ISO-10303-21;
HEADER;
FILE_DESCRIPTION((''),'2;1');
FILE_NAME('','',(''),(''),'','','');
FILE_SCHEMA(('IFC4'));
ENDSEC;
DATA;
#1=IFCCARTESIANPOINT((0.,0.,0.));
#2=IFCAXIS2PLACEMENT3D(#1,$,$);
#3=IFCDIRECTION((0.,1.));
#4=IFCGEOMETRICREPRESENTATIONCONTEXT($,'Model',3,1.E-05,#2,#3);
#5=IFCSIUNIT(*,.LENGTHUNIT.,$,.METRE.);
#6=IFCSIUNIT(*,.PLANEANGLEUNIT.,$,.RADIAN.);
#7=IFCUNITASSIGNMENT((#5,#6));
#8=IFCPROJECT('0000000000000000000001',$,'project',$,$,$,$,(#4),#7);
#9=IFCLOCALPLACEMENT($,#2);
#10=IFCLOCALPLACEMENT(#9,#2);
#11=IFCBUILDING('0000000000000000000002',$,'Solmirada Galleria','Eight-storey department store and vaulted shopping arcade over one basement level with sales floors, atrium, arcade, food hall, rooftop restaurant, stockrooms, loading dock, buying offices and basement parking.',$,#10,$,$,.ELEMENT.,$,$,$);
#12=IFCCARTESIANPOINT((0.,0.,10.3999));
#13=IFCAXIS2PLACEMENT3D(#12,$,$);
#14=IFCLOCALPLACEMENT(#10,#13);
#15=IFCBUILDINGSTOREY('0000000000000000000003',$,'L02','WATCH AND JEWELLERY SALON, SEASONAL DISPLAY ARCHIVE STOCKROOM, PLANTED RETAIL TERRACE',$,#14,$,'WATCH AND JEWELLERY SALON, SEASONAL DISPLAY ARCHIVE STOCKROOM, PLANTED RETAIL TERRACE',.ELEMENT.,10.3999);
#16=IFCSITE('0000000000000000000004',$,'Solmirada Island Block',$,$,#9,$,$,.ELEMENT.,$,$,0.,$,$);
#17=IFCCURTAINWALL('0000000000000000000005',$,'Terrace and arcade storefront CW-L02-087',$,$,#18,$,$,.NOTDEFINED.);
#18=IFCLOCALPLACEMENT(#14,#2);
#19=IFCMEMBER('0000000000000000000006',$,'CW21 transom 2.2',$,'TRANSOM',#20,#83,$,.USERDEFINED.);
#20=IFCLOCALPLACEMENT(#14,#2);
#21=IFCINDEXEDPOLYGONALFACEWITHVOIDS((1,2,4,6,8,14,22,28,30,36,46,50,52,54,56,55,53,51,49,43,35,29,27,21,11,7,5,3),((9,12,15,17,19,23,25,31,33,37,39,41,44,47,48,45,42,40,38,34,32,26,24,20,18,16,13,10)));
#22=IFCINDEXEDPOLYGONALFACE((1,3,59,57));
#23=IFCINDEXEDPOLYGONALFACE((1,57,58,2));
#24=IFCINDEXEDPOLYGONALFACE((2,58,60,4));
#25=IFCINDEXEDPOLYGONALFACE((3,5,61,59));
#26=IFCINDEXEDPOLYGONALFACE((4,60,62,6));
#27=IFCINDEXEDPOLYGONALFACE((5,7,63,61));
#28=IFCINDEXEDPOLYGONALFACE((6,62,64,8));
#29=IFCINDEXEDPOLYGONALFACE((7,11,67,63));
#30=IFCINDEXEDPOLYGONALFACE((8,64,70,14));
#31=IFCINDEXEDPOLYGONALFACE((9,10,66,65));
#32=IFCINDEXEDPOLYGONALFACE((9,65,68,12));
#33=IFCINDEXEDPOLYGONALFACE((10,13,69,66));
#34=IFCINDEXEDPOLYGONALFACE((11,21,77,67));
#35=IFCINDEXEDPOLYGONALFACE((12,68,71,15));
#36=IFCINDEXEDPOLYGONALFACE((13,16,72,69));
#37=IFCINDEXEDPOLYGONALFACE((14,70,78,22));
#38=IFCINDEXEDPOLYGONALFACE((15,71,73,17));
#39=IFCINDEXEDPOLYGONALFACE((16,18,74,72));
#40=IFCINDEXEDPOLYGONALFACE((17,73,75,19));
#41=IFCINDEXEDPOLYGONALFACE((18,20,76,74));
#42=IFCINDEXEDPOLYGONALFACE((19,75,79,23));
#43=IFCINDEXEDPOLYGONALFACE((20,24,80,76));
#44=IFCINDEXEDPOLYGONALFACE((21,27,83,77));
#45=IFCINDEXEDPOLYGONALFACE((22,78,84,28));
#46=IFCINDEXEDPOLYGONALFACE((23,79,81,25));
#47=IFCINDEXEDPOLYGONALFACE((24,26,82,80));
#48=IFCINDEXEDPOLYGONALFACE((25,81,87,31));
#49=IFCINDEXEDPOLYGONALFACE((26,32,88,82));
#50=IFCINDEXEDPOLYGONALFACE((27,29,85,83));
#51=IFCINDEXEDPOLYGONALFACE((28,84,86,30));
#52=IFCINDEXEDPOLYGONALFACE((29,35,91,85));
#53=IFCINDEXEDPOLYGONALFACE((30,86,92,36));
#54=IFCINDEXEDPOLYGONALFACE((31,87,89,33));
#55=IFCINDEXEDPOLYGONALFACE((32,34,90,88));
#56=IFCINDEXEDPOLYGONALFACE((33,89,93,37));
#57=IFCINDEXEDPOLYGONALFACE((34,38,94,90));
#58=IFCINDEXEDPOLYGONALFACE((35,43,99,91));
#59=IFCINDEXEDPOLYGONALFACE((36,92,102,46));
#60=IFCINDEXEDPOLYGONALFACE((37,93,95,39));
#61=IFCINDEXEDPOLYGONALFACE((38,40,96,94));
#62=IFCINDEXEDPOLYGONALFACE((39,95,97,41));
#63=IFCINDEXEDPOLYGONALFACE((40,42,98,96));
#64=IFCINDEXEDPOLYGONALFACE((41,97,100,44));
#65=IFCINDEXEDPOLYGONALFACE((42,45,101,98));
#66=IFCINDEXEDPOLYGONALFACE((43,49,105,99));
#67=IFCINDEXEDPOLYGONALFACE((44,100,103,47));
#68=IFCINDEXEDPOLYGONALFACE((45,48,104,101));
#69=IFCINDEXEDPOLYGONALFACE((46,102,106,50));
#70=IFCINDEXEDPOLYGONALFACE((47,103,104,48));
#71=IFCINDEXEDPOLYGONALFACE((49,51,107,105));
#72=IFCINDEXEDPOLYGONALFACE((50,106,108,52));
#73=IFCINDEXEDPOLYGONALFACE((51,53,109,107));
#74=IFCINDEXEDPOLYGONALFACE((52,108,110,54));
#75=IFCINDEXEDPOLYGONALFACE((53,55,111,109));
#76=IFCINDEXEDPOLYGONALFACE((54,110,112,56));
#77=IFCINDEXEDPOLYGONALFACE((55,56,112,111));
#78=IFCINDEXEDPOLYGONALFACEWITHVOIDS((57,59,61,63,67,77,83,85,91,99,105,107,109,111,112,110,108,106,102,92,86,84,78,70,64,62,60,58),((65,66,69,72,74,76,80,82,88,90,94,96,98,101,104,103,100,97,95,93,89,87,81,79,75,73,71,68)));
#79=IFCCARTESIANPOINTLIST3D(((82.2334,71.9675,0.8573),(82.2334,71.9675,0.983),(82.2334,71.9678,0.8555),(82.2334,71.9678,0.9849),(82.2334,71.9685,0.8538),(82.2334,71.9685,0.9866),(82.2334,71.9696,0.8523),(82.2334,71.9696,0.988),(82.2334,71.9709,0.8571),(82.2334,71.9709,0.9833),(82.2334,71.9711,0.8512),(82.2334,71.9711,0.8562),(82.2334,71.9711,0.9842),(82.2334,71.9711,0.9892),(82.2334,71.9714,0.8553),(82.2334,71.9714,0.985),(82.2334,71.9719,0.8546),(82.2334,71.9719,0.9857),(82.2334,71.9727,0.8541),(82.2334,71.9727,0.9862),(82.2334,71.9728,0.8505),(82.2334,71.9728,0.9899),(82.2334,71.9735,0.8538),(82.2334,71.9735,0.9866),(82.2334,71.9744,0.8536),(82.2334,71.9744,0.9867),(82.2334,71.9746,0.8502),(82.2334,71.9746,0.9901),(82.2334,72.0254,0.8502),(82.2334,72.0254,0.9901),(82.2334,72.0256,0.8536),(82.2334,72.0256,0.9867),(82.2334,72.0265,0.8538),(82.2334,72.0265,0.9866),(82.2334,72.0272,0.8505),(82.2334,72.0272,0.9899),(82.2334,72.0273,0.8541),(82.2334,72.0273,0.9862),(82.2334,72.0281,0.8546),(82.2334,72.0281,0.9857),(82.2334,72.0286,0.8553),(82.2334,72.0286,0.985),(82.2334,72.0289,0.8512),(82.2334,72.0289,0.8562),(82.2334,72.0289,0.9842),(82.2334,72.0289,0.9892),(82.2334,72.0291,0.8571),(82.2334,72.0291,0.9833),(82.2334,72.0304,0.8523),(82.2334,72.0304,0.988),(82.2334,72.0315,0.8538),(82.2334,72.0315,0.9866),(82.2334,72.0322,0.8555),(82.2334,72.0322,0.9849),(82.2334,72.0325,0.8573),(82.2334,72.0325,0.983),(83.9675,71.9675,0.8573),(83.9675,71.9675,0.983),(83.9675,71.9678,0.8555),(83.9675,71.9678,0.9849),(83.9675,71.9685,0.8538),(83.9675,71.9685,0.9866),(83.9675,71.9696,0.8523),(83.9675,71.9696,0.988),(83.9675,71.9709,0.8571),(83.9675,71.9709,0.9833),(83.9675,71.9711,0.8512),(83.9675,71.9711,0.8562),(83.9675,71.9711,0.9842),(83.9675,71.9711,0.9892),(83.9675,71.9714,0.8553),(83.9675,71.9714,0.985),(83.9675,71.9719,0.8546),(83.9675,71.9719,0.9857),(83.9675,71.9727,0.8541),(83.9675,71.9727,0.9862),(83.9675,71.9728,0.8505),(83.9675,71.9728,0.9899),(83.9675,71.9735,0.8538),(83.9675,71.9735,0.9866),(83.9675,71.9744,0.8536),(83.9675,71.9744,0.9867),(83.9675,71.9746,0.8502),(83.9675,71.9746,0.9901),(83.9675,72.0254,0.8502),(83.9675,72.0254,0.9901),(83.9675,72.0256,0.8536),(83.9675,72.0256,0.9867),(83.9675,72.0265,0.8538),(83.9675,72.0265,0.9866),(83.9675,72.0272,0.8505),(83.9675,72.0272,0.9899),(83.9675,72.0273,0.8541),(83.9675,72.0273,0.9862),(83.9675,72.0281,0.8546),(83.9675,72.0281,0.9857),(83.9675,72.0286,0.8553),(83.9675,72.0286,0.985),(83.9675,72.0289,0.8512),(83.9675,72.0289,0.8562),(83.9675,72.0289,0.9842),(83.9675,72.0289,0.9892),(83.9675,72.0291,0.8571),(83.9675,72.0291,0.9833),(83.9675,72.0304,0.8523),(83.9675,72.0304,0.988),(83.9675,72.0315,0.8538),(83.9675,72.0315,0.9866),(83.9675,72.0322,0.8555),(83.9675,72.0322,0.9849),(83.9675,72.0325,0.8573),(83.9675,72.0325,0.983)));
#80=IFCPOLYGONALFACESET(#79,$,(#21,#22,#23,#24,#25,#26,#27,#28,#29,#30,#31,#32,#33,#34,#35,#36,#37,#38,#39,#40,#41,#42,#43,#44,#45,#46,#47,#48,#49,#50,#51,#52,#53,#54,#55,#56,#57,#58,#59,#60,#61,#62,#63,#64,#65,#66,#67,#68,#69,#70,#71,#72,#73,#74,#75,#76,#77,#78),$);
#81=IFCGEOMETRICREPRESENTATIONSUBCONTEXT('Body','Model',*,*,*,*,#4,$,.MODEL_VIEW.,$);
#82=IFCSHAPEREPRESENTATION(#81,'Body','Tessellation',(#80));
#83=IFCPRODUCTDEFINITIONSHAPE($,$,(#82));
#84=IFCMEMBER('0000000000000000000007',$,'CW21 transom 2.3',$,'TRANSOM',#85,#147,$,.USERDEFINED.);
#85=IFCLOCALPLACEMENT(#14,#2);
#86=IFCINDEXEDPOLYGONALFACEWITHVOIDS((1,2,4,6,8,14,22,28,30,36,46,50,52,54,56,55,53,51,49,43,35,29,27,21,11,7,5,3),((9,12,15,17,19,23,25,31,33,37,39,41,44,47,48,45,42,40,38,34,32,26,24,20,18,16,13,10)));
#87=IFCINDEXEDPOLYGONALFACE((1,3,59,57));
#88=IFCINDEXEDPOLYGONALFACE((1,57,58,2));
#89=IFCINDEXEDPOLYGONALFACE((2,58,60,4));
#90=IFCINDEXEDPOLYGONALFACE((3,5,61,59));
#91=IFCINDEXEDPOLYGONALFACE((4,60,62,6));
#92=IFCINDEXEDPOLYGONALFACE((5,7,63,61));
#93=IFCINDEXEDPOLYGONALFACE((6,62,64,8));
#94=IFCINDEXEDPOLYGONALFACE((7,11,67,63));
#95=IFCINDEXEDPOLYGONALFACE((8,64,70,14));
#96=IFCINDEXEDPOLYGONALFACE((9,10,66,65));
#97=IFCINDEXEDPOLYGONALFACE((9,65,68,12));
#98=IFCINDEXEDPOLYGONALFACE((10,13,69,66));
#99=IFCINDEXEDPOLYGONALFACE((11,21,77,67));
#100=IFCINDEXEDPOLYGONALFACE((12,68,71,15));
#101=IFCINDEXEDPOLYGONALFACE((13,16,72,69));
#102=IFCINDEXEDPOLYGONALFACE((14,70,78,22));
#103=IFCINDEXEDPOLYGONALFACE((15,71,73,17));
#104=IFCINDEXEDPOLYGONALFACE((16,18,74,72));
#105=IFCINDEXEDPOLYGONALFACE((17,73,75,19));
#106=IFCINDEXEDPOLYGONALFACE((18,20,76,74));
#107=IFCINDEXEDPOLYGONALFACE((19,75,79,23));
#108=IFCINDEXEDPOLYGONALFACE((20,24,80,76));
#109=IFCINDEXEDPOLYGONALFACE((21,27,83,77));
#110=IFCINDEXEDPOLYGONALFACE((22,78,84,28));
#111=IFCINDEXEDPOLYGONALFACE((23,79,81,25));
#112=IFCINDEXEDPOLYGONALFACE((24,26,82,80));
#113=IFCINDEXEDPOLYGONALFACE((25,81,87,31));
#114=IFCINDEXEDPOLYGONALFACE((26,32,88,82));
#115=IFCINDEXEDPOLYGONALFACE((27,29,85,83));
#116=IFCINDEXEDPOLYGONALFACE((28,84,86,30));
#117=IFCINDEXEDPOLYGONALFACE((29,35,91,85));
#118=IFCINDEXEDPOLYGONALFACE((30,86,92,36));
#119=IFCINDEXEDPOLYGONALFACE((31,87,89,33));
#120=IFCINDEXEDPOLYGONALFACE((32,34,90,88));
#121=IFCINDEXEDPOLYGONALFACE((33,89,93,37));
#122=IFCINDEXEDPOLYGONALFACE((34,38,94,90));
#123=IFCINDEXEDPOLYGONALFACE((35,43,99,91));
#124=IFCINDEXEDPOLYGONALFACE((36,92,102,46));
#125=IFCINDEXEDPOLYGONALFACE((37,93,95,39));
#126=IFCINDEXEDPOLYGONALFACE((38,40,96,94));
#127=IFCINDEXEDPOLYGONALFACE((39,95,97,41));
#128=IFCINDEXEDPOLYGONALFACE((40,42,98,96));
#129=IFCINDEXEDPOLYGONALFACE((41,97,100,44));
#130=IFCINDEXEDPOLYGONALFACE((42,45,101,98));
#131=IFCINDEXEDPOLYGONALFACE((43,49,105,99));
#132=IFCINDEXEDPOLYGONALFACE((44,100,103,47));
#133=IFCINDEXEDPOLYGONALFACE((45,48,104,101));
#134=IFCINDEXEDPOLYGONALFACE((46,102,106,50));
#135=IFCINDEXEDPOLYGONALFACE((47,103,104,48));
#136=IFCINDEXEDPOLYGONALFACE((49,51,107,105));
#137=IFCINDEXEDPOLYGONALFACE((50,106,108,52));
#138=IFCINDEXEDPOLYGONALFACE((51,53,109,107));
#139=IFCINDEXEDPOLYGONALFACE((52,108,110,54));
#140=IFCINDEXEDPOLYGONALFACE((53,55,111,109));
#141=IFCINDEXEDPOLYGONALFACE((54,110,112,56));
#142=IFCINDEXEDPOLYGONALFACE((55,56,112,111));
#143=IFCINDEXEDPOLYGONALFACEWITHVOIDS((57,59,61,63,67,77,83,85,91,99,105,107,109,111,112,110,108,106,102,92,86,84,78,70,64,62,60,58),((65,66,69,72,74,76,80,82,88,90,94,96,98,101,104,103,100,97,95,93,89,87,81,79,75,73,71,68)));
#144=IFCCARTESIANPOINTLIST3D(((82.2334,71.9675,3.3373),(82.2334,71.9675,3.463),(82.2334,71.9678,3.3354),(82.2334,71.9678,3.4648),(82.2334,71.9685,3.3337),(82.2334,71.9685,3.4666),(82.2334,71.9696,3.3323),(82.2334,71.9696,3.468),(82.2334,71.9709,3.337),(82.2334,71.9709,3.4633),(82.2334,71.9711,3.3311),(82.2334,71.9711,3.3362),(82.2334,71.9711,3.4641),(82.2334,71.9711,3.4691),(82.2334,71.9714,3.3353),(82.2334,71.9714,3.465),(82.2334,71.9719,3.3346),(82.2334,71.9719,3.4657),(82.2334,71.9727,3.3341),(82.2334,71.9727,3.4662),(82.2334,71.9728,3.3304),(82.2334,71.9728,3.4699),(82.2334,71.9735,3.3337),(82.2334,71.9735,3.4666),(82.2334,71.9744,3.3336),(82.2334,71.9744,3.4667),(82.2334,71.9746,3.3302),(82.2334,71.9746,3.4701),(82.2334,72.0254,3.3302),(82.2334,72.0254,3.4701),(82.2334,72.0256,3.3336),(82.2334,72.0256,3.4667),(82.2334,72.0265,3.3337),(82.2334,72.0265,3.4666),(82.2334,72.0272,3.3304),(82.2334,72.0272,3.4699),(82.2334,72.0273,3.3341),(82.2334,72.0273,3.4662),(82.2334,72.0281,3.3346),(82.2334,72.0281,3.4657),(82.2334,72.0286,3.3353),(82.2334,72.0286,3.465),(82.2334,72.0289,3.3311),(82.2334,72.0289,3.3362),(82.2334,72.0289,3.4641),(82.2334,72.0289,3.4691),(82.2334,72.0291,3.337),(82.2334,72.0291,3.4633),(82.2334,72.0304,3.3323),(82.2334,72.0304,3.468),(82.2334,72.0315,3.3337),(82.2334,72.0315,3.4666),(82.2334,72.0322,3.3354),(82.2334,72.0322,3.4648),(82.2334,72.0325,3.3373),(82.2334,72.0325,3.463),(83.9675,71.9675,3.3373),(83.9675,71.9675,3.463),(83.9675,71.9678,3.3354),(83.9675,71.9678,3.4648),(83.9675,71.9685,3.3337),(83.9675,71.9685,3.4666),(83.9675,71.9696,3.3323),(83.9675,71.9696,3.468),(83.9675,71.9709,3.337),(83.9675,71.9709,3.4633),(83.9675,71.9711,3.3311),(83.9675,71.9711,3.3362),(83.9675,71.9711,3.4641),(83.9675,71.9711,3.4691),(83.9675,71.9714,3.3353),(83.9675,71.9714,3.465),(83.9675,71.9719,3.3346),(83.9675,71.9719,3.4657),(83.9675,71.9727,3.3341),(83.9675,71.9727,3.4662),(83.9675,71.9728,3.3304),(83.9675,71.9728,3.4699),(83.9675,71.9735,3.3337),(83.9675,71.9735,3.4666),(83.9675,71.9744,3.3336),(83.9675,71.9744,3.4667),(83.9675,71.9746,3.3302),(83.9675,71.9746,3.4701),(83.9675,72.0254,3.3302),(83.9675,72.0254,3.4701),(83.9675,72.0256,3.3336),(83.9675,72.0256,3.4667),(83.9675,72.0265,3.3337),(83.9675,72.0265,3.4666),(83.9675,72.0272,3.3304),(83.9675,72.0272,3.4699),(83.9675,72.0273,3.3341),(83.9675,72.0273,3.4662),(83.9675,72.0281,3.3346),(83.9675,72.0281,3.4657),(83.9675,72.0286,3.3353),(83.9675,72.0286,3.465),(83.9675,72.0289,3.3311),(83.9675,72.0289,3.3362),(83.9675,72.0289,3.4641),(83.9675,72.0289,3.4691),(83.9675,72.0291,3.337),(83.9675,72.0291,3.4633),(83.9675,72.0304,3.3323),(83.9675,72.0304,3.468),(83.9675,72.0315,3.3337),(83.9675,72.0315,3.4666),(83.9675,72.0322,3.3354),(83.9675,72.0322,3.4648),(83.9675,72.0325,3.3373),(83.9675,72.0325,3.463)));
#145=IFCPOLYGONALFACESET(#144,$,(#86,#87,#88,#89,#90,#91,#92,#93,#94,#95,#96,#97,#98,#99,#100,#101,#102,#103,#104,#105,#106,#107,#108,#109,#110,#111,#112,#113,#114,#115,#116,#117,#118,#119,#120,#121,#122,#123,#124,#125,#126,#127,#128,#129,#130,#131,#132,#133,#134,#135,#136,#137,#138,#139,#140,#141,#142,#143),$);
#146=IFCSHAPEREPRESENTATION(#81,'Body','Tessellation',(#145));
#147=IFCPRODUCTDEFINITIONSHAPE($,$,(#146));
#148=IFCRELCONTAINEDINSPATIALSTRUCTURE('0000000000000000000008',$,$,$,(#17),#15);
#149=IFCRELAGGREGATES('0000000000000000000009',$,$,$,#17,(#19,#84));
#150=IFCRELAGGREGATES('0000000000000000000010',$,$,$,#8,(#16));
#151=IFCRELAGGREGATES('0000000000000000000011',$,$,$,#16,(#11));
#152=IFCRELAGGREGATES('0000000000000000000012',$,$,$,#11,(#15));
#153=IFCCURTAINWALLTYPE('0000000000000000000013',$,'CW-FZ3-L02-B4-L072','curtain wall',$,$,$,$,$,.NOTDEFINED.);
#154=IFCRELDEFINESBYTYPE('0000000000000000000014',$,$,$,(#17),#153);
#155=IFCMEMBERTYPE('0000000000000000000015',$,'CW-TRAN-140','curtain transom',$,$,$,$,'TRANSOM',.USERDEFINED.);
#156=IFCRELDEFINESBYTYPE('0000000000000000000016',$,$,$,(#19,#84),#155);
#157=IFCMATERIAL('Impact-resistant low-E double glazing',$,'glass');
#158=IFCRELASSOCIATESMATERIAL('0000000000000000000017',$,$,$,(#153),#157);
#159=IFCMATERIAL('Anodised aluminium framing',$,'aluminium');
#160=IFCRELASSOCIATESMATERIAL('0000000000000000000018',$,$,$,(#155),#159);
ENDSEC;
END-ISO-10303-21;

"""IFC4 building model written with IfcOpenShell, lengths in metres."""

from ifc_helpers import new_model, si_unit, direction, frame, origin, origin_2d, place, context, subcontext, project, spatial, hollow_rectangle, extrude, material, material_profile, profile_set, type_object, element, aggregate, save


model = new_model("IFC4")

# Units and contexts
model_context = context("Model", 3, precision=1e-05, world=origin(), true_north=direction((0.0, 1.0)))
body_context = subcontext(model_context, "Body", "Model", "MODEL_VIEW")
ifc_project = project(units=[si_unit("LENGTHUNIT", "METRE"), si_unit("PLANEANGLEUNIT", "RADIAN")], contexts=[model_context])

# Site, building, storey
site_placement = place(None, origin())
site = spatial("IfcSite", under=ifc_project, at=site_placement, Name="Solmirada Island Block", CompositionType="ELEMENT", RefElevation=0.0)
building_placement = place(site_placement, origin())
building = spatial("IfcBuilding", under=site, at=building_placement, Name="Solmirada Galleria", Description="Eight-storey department store and vaulted shopping arcade over one basement level with sales floors, atrium, arcade, food hall, rooftop restaurant, stockrooms, loading dock, buying offices and basement parking.", CompositionType="ELEMENT")
storey_placement = place(building_placement, frame((0.0, 0.0, 10.3999)))
storey = spatial("IfcBuildingStorey", under=building, at=storey_placement, Name="L02", Description="WATCH AND JEWELLERY SALON, SEASONAL DISPLAY ARCHIVE STOCKROOM, PLANTED RETAIL TERRACE", LongName="WATCH AND JEWELLERY SALON, SEASONAL DISPLAY ARCHIVE STOCKROOM, PLANTED RETAIL TERRACE", CompositionType="ELEMENT", Elevation=10.3999)

# Curtain wall, members
ifc_material_1 = material(Name="Impact-resistant low-E double glazing", Category="glass")
curtain_wall_type = type_object("IfcCurtainWallType", Name="CW-FZ3-L02-B4-L072", Description="curtain wall", PredefinedType="NOTDEFINED", material=ifc_material_1)
curtain_wall_placement = place(storey_placement, origin())
curtain_wall = element("IfcCurtainWall", 1, at=curtain_wall_placement, inside=storey, type_object=curtain_wall_type, Name="Terrace and arcade storefront CW-L02-087", PredefinedType="NOTDEFINED")
ifc_material_2 = material(Name="Anodised aluminium framing", Category="aluminium")
ifc_material_profile_1 = material_profile(ifc_material_2, hollow_rectangle(XDim=0.0649, YDim=0.1399, WallThickness=0.0034, InnerFilletRadius=0.0034, OuterFilletRadius=0.0071, at=origin_2d()), Name="ALU-TRAN-140X65")
ifc_profile_set_1 = profile_set([ifc_material_profile_1], Name="Anodised aluminium framing")
member_type_1 = type_object("IfcMemberType", Name="CW-TRAN-140", Description="curtain transom", ElementType="TRANSOM", PredefinedType="USERDEFINED", material=ifc_profile_set_1)
member_1_placement = place(storey_placement, frame((82.2334, 72.0, 0.9202), z_axis=(1.0, 0.0, 0.0), x_axis=(0.0, 1.0, 0.0)))
member_1 = element("IfcMember", 2, at=member_1_placement, type_object=member_type_1, Name="CW21 transom 2.2", ObjectType="TRANSOM", PredefinedType="USERDEFINED", context=body_context, shape_type="SweptSolid", body=[
    extrude(hollow_rectangle(XDim=0.0649, YDim=0.1399, WallThickness=0.0034, InnerFilletRadius=0.0034, OuterFilletRadius=0.0071, at=origin_2d()), origin(), (0.0, 0.0, 1.0), 1.7341),
])
member_2_placement = place(storey_placement, frame((82.2334, 72.0, 3.4001), z_axis=(1.0, 0.0, 0.0), x_axis=(0.0, 1.0, 0.0)))
member_2 = element("IfcMember", 3, at=member_2_placement, type_object=member_type_1, Name="CW21 transom 2.3", ObjectType="TRANSOM", PredefinedType="USERDEFINED", context=body_context, shape_type="SweptSolid", body=[
    extrude(hollow_rectangle(XDim=0.0649, YDim=0.1399, WallThickness=0.0034, InnerFilletRadius=0.0034, OuterFilletRadius=0.0071, at=origin_2d()), origin(), (0.0, 0.0, 1.0), 1.7341),
])
aggregate(curtain_wall, [member_1, member_2])

save(model, "model.ifc")
